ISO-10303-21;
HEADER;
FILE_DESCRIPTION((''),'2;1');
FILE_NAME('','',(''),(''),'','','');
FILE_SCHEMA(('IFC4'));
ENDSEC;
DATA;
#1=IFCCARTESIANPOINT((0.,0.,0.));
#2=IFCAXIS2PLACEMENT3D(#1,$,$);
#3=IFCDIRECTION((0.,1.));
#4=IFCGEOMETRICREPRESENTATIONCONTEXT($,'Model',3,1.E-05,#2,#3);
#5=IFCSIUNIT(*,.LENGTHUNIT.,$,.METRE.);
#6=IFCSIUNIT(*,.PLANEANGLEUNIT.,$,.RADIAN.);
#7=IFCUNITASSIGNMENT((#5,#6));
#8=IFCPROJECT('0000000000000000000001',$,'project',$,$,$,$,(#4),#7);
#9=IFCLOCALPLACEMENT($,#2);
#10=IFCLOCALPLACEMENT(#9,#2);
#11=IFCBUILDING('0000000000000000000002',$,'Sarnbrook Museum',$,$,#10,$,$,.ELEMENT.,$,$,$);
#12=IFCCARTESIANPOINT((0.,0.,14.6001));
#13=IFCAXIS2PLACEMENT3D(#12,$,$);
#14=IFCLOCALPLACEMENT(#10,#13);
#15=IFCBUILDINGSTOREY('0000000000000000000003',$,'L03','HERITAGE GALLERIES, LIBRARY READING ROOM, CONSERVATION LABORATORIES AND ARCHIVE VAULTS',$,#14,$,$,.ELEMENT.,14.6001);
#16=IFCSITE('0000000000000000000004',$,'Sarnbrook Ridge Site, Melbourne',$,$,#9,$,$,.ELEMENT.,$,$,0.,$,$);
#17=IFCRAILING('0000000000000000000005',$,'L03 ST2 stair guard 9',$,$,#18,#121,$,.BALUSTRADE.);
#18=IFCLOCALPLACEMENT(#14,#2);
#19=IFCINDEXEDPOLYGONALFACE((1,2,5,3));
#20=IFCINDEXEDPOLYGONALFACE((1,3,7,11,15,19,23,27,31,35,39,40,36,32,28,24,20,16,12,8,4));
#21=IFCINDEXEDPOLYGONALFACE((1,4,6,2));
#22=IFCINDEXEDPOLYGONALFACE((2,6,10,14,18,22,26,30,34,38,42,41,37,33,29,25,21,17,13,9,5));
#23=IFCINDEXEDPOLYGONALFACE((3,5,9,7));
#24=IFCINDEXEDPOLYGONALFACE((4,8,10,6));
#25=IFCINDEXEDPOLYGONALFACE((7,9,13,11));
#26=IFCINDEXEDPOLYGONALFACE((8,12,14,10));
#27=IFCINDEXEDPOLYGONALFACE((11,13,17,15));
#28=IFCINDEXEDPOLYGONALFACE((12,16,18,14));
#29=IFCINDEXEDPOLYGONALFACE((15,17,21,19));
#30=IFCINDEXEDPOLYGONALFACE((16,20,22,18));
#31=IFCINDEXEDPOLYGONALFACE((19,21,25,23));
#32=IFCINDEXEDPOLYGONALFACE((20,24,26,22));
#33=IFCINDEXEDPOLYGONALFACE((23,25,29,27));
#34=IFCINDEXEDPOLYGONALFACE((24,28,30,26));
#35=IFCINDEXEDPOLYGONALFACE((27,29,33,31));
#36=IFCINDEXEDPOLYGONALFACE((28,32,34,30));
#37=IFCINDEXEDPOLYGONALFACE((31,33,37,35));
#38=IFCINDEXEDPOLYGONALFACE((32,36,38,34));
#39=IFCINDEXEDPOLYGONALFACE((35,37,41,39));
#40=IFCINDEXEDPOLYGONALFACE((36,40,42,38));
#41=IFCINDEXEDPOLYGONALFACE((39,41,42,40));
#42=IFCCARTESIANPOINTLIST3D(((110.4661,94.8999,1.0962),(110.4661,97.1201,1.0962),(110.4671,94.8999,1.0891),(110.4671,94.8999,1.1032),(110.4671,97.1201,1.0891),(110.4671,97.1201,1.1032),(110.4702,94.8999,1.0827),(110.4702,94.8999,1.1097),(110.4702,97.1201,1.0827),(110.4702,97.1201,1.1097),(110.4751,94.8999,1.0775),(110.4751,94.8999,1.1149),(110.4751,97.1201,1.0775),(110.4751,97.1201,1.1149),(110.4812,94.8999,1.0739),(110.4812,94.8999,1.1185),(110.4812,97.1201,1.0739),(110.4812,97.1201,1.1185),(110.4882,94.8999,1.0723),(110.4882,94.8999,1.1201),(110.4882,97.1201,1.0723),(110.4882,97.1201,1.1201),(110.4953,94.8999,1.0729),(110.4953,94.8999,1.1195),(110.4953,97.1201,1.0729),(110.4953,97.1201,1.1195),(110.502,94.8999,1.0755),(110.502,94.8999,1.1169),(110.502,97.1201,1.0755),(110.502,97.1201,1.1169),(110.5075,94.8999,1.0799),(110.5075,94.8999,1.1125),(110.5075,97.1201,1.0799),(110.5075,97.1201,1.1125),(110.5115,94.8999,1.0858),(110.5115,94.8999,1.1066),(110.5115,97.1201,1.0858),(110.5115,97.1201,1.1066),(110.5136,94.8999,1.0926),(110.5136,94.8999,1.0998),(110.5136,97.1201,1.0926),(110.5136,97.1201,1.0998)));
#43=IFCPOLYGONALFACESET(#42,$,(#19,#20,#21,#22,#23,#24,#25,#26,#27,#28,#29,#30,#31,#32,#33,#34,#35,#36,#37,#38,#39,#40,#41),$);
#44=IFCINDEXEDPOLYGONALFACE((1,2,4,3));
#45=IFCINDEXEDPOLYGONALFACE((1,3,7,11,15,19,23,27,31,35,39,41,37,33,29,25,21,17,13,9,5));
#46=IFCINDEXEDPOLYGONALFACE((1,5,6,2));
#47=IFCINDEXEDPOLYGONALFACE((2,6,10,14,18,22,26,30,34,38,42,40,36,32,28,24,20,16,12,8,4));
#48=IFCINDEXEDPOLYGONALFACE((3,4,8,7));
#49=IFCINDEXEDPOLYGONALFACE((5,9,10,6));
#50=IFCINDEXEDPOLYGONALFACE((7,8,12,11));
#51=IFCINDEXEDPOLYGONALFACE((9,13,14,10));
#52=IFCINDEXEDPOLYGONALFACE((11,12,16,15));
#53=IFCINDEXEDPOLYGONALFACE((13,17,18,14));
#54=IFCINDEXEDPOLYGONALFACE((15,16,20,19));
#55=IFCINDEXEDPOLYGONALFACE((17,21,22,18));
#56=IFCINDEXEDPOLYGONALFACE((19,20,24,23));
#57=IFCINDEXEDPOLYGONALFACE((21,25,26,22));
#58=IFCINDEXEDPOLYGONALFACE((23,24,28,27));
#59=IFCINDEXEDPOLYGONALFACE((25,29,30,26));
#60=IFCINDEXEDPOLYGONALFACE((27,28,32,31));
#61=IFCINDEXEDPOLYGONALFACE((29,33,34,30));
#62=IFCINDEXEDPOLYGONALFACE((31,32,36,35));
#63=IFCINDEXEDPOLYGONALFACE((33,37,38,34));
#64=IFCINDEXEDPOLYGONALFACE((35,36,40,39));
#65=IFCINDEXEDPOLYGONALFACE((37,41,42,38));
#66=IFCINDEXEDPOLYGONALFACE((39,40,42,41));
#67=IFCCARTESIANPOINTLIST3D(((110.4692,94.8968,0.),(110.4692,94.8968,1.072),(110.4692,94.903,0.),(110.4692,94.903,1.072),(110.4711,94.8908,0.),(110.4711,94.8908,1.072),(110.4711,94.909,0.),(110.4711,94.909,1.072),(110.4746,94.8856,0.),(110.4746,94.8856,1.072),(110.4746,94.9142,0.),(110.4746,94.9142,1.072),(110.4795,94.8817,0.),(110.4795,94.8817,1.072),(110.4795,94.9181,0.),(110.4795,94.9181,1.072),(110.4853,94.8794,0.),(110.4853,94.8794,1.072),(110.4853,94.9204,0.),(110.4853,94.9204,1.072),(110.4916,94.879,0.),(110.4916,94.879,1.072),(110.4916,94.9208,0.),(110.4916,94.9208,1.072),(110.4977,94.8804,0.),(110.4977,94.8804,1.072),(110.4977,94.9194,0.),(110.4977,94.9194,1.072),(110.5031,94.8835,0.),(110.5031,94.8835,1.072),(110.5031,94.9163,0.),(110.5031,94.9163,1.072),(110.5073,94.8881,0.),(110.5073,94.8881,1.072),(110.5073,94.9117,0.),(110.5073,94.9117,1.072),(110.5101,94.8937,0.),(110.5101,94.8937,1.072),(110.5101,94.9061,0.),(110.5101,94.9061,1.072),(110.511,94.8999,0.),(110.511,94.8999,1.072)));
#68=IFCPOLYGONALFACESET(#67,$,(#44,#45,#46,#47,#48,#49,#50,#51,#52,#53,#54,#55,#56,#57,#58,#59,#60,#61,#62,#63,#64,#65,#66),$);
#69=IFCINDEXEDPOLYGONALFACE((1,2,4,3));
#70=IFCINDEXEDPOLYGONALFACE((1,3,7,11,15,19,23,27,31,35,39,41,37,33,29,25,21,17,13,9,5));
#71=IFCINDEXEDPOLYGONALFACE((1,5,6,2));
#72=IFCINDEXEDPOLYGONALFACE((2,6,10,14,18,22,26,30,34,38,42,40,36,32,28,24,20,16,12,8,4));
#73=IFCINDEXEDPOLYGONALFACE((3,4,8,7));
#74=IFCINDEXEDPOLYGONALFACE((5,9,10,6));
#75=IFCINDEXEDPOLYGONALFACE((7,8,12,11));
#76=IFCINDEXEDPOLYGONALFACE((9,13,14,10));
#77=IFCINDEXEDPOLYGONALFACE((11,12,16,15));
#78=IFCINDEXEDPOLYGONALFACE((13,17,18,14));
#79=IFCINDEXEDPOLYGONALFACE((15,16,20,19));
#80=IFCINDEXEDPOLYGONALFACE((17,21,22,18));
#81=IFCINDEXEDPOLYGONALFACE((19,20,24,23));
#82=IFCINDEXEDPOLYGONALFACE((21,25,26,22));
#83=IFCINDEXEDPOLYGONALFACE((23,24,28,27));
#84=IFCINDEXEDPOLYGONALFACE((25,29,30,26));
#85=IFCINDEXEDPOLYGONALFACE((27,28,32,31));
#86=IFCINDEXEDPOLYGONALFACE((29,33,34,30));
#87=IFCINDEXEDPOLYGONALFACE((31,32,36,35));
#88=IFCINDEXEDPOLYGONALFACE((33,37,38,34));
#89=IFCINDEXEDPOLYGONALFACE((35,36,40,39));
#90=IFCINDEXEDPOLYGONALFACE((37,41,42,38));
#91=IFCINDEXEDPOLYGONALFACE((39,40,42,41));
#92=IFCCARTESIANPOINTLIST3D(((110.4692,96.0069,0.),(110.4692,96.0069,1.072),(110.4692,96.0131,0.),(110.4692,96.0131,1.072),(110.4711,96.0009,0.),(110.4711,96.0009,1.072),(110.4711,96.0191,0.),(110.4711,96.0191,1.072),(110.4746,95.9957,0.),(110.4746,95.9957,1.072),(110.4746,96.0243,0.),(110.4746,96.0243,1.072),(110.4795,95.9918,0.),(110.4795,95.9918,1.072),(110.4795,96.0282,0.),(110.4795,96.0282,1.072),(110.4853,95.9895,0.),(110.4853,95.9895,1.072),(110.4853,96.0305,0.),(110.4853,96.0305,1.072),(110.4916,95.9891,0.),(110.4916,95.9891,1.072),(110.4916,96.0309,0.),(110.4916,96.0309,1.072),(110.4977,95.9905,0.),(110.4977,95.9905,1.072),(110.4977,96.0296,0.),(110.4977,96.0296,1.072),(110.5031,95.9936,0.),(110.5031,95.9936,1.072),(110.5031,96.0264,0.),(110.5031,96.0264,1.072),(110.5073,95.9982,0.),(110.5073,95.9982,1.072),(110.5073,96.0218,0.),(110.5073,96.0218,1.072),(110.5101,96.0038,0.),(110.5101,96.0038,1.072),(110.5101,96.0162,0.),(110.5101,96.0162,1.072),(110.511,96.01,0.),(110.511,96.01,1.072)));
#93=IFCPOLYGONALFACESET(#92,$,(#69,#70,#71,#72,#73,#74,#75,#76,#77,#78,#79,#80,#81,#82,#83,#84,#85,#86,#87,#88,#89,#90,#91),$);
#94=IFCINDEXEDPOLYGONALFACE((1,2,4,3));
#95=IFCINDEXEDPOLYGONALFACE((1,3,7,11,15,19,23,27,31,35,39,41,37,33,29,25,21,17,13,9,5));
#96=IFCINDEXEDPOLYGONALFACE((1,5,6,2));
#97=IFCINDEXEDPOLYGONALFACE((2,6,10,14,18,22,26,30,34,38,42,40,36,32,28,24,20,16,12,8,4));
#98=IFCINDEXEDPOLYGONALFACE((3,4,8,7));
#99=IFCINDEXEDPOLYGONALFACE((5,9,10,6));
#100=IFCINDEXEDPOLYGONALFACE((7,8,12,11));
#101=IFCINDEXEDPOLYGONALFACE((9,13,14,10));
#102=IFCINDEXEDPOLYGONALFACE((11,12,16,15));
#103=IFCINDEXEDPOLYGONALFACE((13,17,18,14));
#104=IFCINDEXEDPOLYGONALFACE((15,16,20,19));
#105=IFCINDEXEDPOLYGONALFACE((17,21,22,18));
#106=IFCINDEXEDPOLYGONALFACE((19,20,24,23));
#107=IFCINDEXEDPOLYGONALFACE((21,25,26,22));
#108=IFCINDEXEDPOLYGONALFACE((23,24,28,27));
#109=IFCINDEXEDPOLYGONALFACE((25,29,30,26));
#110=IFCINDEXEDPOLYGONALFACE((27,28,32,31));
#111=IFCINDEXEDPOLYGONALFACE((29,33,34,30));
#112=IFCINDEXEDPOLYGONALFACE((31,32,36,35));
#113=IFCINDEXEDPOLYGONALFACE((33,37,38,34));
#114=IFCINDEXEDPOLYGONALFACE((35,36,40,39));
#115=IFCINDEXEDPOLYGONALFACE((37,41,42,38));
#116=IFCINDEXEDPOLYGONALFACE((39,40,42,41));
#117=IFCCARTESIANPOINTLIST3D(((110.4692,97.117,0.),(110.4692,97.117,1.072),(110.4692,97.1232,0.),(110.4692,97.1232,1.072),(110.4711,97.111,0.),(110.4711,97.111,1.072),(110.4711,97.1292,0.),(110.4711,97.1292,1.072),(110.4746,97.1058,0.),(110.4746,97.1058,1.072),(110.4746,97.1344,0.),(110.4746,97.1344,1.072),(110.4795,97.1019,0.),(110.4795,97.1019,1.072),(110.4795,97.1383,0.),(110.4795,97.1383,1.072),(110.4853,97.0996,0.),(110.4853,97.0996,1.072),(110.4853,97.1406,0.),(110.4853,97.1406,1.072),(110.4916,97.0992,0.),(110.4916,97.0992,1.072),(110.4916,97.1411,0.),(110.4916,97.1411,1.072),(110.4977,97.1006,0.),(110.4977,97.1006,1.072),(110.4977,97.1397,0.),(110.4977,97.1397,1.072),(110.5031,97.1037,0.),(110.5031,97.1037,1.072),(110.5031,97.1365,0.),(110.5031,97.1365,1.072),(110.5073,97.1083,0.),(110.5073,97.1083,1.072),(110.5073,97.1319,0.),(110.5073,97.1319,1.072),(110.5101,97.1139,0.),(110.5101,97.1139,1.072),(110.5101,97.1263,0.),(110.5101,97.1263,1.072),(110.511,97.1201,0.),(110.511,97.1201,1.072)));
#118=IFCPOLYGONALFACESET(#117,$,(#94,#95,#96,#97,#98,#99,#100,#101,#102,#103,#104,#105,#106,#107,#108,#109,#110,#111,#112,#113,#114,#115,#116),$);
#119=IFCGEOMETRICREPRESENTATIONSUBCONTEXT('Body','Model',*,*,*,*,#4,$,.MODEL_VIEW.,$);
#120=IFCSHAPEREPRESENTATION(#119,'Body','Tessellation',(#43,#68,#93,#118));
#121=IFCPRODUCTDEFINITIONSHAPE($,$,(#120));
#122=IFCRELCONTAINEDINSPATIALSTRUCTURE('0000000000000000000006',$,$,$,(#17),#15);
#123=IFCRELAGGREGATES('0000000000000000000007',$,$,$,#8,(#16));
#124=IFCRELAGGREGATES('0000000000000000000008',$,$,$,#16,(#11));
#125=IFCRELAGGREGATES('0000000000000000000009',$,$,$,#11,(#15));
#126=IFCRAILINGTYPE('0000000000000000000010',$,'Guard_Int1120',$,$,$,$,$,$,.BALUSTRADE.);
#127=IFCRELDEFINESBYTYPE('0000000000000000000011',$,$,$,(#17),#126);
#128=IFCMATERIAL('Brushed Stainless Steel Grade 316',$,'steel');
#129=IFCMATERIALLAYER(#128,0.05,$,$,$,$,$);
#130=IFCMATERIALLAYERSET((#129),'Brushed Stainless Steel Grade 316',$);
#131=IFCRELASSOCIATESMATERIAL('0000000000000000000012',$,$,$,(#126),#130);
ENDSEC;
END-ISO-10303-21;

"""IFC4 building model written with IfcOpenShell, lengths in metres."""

from ifc_helpers import new_model, si_unit, direction, frame, origin, origin_2d, place, context, subcontext, project, spatial, circle, extrude, material, layer, layer_set, type_object, element, save


model = new_model("IFC4")

# Units and contexts
model_context = context("Model", 3, precision=1e-05, world=origin(), true_north=direction((0.0, 1.0)))
body_context = subcontext(model_context, "Body", "Model", "MODEL_VIEW")
ifc_project = project(units=[si_unit("LENGTHUNIT", "METRE"), si_unit("PLANEANGLEUNIT", "RADIAN")], contexts=[model_context])

# Site, building, storey
site_placement = place(None, origin())
site = spatial("IfcSite", under=ifc_project, at=site_placement, Name="Sarnbrook Ridge Site, Melbourne", CompositionType="ELEMENT", RefElevation=0.0)
building_placement = place(site_placement, origin())
building = spatial("IfcBuilding", under=site, at=building_placement, Name="Sarnbrook Museum", CompositionType="ELEMENT")
storey_placement = place(building_placement, frame((0.0, 0.0, 14.6001)))
storey = spatial("IfcBuildingStorey", under=building, at=storey_placement, Name="L03", Description="HERITAGE GALLERIES, LIBRARY READING ROOM, CONSERVATION LABORATORIES AND ARCHIVE VAULTS", CompositionType="ELEMENT", Elevation=14.6001)

# Railing
ifc_material_1 = material(Name="Brushed Stainless Steel Grade 316", Category="steel")
ifc_layer_1 = layer(ifc_material_1, 0.05)
ifc_layer_set_1 = layer_set([ifc_layer_1], Name="Brushed Stainless Steel Grade 316")
railing_type_1 = type_object("IfcRailingType", Name="Guard_Int1120", PredefinedType="BALUSTRADE", material=ifc_layer_set_1)
for number, where, name in (
    (1, (110.49, 94.8999, 0.0), "L03 ST2 stair guard 9"),
):
    element("IfcRailing", number, at=place(storey_placement, frame(where)), inside=storey, type_object=railing_type_1, Name=name, PredefinedType="BALUSTRADE", context=body_context, shape_type="SweptSolid", body=[
        extrude(circle(Radius=0.0239, at=origin_2d()), frame((0.0, 0.0, 1.0962), z_axis=(0.0, 1.0, 0.0), x_axis=(-1.0, 0.0, 0.0)), (0.0, 0.0, 1.0), 2.2202),
        extrude(circle(Radius=0.021, at=origin_2d()), origin(), (0.0, 0.0, 1.0), 1.072),
        extrude(circle(Radius=0.021, at=origin_2d()), frame((0.0, 1.1101, 0.0)), (0.0, 0.0, 1.0), 1.072),
        extrude(circle(Radius=0.021, at=origin_2d()), frame((0.0, 2.2202, 0.0)), (0.0, 0.0, 1.0), 1.072),
    ])

save(model, "model.ifc")
